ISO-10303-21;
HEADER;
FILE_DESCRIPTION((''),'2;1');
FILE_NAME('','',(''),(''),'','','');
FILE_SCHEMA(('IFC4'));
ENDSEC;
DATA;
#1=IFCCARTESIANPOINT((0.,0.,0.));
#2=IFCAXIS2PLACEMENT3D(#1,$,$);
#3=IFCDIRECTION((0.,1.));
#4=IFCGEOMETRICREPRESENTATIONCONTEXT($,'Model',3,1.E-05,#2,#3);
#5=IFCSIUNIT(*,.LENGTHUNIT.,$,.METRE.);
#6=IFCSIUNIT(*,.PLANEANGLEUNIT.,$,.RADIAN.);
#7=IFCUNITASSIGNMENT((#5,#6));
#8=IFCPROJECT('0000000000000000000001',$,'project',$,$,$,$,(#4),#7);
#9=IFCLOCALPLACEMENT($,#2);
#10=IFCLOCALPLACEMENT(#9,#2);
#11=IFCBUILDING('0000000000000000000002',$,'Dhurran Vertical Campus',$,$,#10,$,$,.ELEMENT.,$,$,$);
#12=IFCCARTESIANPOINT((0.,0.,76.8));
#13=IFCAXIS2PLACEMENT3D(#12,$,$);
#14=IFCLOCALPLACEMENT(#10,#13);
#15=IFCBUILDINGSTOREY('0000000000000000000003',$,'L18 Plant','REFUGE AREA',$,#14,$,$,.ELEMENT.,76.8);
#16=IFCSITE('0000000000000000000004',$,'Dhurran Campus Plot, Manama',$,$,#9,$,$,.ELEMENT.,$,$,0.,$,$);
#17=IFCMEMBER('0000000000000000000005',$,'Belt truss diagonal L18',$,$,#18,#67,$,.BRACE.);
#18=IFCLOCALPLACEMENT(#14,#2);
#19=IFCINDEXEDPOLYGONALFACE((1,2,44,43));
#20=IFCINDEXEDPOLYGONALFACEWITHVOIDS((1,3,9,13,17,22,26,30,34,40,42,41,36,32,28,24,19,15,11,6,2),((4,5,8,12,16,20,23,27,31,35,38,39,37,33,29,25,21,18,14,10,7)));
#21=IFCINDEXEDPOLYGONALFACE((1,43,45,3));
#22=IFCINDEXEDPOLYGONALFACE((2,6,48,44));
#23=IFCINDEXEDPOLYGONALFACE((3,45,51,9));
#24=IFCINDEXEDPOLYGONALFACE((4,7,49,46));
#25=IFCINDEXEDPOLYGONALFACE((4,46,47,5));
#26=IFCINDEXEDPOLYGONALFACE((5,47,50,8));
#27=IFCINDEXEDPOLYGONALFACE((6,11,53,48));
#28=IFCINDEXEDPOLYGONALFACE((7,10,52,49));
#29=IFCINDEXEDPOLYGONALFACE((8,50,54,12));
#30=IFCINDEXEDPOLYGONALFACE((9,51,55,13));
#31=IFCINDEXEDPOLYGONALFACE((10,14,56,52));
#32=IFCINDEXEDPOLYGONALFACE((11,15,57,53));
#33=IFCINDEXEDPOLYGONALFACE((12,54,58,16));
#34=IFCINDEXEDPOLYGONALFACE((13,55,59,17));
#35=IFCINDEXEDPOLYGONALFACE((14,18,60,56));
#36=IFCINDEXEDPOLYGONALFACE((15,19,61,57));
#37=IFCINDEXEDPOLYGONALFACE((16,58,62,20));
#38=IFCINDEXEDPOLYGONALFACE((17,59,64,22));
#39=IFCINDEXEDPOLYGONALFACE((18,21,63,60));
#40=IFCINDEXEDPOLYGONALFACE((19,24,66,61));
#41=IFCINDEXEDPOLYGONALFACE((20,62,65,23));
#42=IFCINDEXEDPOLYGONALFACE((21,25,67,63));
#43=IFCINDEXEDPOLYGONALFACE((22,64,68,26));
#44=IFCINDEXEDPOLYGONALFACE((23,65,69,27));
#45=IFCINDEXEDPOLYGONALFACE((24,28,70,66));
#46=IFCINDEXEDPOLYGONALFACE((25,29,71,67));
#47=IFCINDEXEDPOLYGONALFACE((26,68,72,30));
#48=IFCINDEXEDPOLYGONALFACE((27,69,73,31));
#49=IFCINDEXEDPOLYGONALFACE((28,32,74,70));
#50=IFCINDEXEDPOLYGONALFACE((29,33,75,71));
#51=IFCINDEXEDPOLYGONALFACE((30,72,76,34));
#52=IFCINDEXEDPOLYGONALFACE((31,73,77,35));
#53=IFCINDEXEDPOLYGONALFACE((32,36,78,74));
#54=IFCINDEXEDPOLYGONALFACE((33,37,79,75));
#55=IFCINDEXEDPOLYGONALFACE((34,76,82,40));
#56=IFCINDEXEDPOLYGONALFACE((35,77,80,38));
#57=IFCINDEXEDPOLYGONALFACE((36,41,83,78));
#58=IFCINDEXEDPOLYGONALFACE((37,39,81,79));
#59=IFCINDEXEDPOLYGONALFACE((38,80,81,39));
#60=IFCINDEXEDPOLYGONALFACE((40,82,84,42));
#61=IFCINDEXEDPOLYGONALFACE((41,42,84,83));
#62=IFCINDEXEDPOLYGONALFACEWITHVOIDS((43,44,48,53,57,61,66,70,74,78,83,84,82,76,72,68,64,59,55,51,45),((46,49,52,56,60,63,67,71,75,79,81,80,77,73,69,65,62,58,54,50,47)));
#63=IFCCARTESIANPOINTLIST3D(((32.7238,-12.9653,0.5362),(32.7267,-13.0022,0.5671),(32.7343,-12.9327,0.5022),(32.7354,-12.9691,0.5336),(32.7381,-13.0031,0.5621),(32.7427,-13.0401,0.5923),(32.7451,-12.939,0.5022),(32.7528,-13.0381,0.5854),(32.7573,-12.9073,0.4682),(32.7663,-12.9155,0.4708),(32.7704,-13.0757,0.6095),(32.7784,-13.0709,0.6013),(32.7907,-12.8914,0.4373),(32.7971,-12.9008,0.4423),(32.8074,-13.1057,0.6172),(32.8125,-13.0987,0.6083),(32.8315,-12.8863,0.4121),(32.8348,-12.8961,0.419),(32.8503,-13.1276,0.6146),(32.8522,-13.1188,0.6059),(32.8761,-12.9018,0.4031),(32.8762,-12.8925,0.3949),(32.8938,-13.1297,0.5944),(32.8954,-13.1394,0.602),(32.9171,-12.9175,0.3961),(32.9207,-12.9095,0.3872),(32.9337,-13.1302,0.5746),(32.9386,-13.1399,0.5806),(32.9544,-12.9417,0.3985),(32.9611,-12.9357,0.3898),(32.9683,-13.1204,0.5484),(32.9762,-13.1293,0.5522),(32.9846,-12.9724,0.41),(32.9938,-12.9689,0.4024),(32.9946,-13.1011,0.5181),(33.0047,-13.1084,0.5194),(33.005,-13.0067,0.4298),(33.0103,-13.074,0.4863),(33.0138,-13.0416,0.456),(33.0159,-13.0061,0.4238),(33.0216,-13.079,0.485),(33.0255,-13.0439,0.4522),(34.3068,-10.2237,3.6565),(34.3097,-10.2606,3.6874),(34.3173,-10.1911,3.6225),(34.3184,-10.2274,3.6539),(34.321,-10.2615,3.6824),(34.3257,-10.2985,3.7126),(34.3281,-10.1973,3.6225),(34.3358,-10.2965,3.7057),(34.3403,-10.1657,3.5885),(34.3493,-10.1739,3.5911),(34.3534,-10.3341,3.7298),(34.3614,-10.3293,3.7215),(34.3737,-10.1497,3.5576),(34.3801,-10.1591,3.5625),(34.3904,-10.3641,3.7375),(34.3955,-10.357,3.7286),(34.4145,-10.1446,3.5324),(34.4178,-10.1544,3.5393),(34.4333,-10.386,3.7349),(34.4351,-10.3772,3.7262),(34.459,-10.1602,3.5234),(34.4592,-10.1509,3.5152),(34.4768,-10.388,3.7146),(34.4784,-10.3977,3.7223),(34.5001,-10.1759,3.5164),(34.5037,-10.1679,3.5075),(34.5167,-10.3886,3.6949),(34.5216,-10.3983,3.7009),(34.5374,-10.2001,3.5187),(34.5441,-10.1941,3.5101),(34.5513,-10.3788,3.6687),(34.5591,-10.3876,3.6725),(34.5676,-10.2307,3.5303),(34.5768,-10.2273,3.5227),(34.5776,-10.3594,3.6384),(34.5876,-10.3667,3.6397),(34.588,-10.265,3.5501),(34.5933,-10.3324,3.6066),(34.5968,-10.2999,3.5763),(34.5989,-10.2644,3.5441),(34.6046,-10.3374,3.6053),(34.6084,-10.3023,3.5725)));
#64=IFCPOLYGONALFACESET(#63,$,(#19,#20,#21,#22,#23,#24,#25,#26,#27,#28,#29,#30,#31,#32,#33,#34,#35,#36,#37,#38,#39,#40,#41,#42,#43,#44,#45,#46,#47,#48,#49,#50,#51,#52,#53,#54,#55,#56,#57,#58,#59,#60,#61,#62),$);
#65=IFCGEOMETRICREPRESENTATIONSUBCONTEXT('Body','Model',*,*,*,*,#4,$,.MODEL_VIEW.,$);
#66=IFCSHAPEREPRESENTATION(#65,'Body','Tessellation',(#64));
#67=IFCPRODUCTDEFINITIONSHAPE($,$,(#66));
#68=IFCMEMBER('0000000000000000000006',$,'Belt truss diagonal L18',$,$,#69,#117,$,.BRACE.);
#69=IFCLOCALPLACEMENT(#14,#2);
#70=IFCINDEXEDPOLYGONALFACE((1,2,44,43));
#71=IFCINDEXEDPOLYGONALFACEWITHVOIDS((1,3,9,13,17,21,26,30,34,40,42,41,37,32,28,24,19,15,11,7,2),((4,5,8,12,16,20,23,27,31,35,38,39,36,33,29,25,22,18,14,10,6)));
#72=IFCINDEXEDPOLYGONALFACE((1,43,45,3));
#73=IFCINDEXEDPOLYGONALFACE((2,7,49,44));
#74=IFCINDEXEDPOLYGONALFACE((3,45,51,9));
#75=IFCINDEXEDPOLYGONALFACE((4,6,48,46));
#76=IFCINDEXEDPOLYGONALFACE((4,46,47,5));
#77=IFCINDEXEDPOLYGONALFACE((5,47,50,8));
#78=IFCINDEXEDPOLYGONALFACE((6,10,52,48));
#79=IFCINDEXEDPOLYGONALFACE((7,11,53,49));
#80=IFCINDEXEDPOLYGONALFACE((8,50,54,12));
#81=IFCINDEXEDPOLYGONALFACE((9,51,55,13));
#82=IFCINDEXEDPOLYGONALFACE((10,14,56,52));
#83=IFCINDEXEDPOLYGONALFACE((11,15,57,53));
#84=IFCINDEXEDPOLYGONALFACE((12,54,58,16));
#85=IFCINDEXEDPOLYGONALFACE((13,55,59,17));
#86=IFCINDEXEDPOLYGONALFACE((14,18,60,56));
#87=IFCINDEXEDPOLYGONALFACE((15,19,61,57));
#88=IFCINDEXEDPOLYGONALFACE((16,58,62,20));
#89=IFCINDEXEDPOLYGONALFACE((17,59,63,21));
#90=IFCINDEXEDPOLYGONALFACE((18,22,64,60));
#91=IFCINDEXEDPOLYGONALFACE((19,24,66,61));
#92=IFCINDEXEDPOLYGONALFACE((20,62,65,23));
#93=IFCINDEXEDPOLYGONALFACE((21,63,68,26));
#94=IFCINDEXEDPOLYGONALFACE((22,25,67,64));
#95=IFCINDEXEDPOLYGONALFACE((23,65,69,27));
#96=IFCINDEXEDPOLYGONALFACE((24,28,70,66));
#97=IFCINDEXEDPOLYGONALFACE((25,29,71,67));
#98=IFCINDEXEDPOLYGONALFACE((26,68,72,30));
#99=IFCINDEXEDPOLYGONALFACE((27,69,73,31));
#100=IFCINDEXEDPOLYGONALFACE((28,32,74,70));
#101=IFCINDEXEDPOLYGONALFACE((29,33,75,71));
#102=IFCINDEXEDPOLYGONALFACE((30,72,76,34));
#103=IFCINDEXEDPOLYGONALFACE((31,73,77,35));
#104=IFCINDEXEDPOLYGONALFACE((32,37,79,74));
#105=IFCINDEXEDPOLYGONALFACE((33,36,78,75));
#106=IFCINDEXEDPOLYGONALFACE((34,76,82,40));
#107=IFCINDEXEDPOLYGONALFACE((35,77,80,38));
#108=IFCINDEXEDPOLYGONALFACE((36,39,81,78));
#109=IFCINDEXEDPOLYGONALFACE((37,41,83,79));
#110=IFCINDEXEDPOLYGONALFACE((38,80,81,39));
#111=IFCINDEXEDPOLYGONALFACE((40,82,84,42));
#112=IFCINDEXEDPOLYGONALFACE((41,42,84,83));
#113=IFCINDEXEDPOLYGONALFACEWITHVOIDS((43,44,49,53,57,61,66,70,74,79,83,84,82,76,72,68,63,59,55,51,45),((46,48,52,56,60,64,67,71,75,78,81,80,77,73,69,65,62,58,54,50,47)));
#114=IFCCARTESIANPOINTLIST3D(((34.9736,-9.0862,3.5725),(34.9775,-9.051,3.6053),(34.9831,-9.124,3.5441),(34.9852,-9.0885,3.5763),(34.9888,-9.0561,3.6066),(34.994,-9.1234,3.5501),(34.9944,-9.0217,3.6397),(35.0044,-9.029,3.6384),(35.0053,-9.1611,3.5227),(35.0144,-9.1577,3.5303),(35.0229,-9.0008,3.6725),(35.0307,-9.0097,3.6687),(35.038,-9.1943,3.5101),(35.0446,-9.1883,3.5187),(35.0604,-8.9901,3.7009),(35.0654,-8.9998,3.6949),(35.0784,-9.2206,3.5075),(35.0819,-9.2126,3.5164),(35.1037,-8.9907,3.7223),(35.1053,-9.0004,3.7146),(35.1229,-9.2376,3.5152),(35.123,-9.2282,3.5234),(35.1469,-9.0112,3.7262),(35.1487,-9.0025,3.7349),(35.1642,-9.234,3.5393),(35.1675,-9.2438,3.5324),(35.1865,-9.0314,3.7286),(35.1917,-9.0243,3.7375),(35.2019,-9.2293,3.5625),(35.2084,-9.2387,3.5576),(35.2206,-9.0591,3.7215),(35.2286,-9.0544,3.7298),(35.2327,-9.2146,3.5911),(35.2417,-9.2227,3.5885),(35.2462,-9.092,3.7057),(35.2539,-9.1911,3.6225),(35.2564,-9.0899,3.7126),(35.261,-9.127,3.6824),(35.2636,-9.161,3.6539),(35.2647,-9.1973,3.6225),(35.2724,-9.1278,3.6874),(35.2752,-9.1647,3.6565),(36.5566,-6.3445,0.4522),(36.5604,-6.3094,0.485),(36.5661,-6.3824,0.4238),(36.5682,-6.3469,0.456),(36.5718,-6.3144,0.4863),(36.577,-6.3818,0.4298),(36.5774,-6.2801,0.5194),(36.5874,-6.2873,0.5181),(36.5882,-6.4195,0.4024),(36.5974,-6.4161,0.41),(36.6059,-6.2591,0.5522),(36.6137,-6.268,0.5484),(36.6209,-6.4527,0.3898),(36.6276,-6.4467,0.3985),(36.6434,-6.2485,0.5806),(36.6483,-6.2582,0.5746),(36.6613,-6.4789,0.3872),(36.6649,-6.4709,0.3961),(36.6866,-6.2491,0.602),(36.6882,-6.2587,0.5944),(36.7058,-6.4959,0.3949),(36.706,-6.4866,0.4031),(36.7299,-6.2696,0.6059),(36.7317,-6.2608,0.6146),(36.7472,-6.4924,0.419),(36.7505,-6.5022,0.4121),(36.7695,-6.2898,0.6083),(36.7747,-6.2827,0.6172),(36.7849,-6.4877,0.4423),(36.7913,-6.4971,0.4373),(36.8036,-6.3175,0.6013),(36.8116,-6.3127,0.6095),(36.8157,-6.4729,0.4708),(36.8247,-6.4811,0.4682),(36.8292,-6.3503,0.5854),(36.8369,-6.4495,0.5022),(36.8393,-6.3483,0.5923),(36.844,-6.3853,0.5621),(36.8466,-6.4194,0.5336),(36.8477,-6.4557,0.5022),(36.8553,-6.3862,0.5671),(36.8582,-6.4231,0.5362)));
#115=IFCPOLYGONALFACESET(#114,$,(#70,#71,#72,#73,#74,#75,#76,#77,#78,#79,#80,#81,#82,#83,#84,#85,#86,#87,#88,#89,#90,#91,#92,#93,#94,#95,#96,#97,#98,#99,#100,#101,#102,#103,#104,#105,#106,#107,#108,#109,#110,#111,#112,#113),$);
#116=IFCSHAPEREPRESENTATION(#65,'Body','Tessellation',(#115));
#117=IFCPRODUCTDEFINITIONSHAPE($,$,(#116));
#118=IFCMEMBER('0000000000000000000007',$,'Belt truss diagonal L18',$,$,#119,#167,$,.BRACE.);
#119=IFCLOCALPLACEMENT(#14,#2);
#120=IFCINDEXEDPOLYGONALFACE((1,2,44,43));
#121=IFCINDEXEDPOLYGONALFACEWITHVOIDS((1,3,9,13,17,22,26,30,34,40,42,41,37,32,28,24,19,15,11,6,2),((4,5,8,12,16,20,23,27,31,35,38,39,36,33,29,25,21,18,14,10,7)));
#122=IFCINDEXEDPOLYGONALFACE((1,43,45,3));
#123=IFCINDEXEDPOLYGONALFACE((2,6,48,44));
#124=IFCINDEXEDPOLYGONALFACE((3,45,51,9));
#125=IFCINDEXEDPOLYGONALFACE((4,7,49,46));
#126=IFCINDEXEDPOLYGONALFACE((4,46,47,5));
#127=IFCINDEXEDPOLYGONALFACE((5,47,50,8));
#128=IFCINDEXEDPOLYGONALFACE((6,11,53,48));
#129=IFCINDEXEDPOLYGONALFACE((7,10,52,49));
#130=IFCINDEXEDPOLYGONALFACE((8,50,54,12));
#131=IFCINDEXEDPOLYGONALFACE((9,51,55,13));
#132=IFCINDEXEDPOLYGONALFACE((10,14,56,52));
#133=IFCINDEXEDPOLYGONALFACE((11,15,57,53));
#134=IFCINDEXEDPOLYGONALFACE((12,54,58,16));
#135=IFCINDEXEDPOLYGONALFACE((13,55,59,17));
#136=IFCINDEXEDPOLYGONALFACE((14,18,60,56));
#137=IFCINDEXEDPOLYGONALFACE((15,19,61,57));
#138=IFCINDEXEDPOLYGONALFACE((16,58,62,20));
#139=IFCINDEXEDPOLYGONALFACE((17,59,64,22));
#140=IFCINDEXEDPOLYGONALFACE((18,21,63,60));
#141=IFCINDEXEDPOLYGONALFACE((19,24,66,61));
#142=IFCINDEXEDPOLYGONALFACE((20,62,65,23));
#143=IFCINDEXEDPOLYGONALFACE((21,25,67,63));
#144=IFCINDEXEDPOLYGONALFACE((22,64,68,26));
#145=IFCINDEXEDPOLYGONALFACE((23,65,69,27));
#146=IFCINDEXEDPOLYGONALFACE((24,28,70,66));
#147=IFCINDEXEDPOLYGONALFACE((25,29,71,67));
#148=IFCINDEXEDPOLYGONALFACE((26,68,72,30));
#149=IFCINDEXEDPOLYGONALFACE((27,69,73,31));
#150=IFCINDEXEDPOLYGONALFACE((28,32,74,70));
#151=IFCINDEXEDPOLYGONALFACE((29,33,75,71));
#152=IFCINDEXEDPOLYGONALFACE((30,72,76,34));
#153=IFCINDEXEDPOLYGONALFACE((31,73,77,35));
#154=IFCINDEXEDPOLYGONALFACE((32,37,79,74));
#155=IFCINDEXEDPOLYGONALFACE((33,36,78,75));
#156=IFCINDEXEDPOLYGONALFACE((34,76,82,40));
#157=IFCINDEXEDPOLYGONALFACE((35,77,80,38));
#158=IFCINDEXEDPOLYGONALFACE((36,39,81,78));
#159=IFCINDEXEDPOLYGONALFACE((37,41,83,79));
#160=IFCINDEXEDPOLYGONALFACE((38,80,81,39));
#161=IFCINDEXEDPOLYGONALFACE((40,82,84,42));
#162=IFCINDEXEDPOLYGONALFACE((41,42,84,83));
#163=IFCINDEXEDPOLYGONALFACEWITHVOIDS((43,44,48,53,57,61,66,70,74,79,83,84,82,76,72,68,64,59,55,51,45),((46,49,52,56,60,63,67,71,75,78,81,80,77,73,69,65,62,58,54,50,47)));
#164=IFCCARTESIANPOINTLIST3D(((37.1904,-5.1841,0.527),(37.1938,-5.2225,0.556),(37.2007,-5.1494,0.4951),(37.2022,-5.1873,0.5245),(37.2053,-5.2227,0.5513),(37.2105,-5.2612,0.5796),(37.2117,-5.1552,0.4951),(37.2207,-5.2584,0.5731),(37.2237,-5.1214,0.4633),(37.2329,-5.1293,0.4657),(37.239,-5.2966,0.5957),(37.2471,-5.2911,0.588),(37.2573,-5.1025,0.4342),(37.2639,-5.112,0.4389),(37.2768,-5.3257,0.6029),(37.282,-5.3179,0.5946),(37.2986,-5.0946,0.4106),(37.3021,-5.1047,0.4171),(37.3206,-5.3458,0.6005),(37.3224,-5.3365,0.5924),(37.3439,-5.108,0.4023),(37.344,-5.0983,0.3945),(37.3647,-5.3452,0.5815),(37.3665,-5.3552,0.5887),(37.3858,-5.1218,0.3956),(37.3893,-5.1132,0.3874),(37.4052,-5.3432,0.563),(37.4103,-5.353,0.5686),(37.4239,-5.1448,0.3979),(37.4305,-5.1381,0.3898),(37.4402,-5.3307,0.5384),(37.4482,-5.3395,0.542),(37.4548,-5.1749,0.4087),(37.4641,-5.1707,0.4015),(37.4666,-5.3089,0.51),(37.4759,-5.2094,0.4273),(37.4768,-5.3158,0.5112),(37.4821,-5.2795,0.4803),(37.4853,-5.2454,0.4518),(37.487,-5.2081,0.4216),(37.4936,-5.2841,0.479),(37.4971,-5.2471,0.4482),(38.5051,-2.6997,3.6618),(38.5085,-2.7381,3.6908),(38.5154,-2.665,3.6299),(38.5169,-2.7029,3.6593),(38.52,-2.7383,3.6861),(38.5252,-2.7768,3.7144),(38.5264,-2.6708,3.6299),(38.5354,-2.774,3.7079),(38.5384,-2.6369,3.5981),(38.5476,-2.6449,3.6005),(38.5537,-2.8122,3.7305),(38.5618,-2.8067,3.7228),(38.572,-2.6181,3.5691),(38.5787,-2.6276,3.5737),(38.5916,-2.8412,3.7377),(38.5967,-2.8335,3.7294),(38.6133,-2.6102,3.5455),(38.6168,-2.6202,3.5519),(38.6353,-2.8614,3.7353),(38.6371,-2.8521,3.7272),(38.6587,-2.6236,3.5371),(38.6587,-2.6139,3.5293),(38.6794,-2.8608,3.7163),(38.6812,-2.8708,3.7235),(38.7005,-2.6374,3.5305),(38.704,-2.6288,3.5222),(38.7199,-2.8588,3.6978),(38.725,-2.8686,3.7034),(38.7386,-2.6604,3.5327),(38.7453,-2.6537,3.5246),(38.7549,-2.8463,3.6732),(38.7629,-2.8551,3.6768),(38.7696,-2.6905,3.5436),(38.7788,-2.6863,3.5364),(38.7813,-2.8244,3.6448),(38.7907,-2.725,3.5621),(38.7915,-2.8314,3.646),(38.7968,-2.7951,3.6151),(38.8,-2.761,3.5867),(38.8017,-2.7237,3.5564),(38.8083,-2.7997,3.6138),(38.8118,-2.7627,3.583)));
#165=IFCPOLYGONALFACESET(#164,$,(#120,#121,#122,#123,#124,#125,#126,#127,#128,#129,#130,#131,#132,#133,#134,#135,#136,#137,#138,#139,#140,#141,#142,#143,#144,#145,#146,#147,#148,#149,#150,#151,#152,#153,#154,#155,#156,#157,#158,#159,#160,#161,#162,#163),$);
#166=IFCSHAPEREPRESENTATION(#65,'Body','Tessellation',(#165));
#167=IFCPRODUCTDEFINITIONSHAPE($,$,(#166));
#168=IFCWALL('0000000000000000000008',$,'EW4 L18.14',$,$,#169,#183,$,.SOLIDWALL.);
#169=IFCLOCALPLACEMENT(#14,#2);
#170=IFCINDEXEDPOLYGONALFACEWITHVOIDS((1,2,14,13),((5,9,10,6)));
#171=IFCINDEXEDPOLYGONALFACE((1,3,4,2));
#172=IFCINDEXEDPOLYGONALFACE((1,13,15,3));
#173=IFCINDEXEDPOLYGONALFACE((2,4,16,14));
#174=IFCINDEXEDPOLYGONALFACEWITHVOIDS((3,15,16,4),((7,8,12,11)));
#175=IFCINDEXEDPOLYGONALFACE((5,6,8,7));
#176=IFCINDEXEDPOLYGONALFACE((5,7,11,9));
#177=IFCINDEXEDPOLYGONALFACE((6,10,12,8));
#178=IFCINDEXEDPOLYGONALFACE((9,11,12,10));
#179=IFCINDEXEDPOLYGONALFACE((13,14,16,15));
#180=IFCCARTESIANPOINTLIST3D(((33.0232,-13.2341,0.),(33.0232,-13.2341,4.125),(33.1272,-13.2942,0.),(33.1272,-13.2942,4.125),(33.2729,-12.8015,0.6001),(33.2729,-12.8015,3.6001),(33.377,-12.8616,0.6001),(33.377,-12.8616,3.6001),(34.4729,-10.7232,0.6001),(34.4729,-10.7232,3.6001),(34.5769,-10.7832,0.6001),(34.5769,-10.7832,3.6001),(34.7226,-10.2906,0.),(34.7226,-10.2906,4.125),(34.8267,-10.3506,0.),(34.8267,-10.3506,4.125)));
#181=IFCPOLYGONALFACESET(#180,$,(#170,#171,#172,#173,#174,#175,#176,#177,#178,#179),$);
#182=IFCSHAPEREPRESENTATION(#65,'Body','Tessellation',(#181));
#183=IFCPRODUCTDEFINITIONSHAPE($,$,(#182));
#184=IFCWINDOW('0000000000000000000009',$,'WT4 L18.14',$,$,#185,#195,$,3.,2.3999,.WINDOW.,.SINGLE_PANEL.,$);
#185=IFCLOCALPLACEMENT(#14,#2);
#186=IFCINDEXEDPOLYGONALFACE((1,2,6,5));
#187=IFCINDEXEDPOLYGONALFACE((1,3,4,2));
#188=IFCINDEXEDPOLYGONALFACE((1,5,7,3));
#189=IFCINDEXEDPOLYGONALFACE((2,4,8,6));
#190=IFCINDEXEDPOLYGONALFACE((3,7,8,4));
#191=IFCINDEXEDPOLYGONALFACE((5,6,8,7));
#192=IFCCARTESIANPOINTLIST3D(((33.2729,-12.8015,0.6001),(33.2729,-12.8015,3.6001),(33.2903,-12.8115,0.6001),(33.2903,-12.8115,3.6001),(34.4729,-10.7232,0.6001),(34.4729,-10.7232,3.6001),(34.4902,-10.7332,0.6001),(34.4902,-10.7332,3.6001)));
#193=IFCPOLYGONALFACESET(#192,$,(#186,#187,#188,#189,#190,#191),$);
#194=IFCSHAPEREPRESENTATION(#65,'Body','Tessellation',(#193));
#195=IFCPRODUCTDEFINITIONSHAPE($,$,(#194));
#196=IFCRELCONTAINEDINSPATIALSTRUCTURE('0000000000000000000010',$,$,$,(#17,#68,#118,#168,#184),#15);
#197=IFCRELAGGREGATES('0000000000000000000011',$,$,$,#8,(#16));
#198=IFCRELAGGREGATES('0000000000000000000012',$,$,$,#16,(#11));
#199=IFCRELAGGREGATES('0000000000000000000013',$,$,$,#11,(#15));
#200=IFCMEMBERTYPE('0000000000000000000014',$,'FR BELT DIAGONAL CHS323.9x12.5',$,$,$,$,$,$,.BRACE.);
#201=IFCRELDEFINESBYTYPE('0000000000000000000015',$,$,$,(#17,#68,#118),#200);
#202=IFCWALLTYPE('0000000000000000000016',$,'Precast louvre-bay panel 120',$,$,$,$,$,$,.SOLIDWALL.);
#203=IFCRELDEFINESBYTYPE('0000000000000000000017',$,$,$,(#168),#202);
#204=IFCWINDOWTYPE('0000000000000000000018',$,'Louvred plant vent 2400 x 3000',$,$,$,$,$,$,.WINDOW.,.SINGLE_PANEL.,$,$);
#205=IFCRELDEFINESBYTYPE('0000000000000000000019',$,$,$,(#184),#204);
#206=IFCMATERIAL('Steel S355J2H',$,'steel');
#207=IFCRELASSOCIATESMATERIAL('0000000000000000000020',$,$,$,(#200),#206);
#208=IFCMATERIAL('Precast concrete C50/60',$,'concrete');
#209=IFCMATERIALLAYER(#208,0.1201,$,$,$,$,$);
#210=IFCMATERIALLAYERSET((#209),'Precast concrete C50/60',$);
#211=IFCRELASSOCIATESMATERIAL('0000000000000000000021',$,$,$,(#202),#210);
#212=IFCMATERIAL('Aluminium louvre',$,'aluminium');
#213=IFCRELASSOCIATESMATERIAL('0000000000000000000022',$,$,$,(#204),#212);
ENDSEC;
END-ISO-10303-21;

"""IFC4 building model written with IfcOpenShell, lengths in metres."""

from ifc_helpers import new_model, si_unit, direction, frame, frame_2d, origin, origin_2d, place, context, subcontext, project, spatial, rectangle, hollow_circle, extrude, material, layer, layer_set, material_profile, profile_set, type_object, element, fill, save


model = new_model("IFC4")

# Units and contexts
model_context = context("Model", 3, precision=1e-05, world=origin(), true_north=direction((0.0, 1.0)))
body_context = subcontext(model_context, "Body", "Model", "MODEL_VIEW")
ifc_project = project(units=[si_unit("LENGTHUNIT", "METRE"), si_unit("PLANEANGLEUNIT", "RADIAN")], contexts=[model_context])

# Site, building, storey
site_placement = place(None, origin())
site = spatial("IfcSite", under=ifc_project, at=site_placement, Name="Dhurran Campus Plot, Manama", CompositionType="ELEMENT", RefElevation=0.0)
building_placement = place(site_placement, origin())
building = spatial("IfcBuilding", under=site, at=building_placement, Name="Dhurran Vertical Campus", CompositionType="ELEMENT")
storey_placement = place(building_placement, frame((0.0, 0.0, 76.8)))
storey = spatial("IfcBuildingStorey", under=building, at=storey_placement, Name="L18 Plant", Description="REFUGE AREA", CompositionType="ELEMENT", Elevation=76.8)

# Members
ifc_material_1 = material(Name="Steel S355J2H", Category="steel")
ifc_material_profile_1 = material_profile(ifc_material_1, hollow_circle(Radius=0.1619, WallThickness=0.0125, at=origin_2d()), Name="CHS323.9x12.5")
ifc_profile_set_1 = profile_set([ifc_material_profile_1], Name="Steel S355J2H")
member_type = type_object("IfcMemberType", Name="FR BELT DIAGONAL CHS323.9x12.5", PredefinedType="BRACE", material=ifc_profile_set_1)
for number, where, z_axis, x_axis, name in (
    (1, (32.8745, -13.0137, 0.5022), (0.356119, 0.616782, 0.701968), (-0.866013, 0.500021, 0.0), "Belt truss diagonal L18"),
    (2, (36.7075, -6.3748, 0.5022), (-0.356119, -0.616782, 0.701968), (0.866013, -0.500021, 0.0), "Belt truss diagonal L18"),
):
    element("IfcMember", number, at=place(storey_placement, frame(where, z_axis=z_axis, x_axis=x_axis)), inside=storey, type_object=member_type, Name=name, PredefinedType="BRACE", context=body_context, shape_type="SweptSolid", body=[
        extrude(hollow_circle(Radius=0.1619, WallThickness=0.0125, at=origin_2d()), origin(), (0.0, 0.0, 1.0), 4.4451),
    ])
member_1_placement = place(storey_placement, frame((37.3438, -5.2251, 0.4951), z_axis=(0.312251, 0.59006, 0.744533), x_axis=(-0.88387, 0.467732, 0.0)))
element("IfcMember", 3, at=member_1_placement, inside=storey, type_object=member_type, Name="Belt truss diagonal L18", PredefinedType="BRACE", context=body_context, shape_type="SweptSolid", body=[
    extrude(hollow_circle(Radius=0.1619, WallThickness=0.0125, at=origin_2d()), origin(), (0.0, 0.0, 1.0), 4.2104),
])

# Wall, opening, window
ifc_material_2 = material(Name="Precast concrete C50/60", Category="concrete")
ifc_layer_1 = layer(ifc_material_2, 0.1201)
ifc_layer_set_1 = layer_set([ifc_layer_1], Name="Precast concrete C50/60")
wall_type_1 = type_object("IfcWallType", Name="Precast louvre-bay panel 120", PredefinedType="SOLIDWALL", material=ifc_layer_set_1)
wall_1_placement = place(storey_placement, frame((33.0752, -13.2642, 0.0), z_axis=(0.0, 0.0, 1.0), x_axis=(0.499994, 0.866029, 0.0)))
wall_1 = element("IfcWall", 4, at=wall_1_placement, inside=storey, type_object=wall_type_1, Name="EW4 L18.14", PredefinedType="SOLIDWALL", context=body_context, shape_type="SweptSolid", body=[
    extrude(rectangle(XDim=3.3989, YDim=0.1201, at=frame_2d((1.6995, 0.0))), origin(), (0.0, 0.0, 1.0), 4.125),
])
opening_1_placement = place(wall_1_placement, frame((0.4995, 0.0, 0.6001)))
opening_1 = element("IfcOpeningElement", 5, at=opening_1_placement, cuts=wall_1, PredefinedType="OPENING", context=body_context, shape_type="SweptSolid", body=[
    extrude(rectangle(XDim=2.3999, YDim=3.0, at=frame_2d((1.2, 1.5))), frame((0.0, 0.0701, 0.0), z_axis=(0.0, -1.0, 0.0), x_axis=(1.0, 0.0, 0.0)), (0.0, 0.0, 1.0), 0.1401),
])
ifc_material_3 = material(Name="Aluminium louvre", Category="aluminium")
window_type = type_object("IfcWindowType", Name="Louvred plant vent 2400 x 3000", PartitioningType="SINGLE_PANEL", PredefinedType="WINDOW", material=ifc_material_3)
window_1_placement = place(opening_1_placement, origin())
window_1 = element("IfcWindow", 6, at=window_1_placement, inside=storey, type_object=window_type, Name="WT4 L18.14", OverallHeight=3.0, OverallWidth=2.3999, PartitioningType="SINGLE_PANEL", PredefinedType="WINDOW", context=body_context, shape_type="SweptSolid", body=[
    extrude(rectangle(XDim=2.3999, YDim=3.0, at=frame_2d((1.2, 1.5))), frame((0.0, 0.0601, 0.0), z_axis=(0.0, -1.0, 0.0), x_axis=(1.0, 0.0, 0.0)), (0.0, 0.0, 1.0), 0.02),
])
fill(opening_1, window_1)

save(model, "model.ifc")
